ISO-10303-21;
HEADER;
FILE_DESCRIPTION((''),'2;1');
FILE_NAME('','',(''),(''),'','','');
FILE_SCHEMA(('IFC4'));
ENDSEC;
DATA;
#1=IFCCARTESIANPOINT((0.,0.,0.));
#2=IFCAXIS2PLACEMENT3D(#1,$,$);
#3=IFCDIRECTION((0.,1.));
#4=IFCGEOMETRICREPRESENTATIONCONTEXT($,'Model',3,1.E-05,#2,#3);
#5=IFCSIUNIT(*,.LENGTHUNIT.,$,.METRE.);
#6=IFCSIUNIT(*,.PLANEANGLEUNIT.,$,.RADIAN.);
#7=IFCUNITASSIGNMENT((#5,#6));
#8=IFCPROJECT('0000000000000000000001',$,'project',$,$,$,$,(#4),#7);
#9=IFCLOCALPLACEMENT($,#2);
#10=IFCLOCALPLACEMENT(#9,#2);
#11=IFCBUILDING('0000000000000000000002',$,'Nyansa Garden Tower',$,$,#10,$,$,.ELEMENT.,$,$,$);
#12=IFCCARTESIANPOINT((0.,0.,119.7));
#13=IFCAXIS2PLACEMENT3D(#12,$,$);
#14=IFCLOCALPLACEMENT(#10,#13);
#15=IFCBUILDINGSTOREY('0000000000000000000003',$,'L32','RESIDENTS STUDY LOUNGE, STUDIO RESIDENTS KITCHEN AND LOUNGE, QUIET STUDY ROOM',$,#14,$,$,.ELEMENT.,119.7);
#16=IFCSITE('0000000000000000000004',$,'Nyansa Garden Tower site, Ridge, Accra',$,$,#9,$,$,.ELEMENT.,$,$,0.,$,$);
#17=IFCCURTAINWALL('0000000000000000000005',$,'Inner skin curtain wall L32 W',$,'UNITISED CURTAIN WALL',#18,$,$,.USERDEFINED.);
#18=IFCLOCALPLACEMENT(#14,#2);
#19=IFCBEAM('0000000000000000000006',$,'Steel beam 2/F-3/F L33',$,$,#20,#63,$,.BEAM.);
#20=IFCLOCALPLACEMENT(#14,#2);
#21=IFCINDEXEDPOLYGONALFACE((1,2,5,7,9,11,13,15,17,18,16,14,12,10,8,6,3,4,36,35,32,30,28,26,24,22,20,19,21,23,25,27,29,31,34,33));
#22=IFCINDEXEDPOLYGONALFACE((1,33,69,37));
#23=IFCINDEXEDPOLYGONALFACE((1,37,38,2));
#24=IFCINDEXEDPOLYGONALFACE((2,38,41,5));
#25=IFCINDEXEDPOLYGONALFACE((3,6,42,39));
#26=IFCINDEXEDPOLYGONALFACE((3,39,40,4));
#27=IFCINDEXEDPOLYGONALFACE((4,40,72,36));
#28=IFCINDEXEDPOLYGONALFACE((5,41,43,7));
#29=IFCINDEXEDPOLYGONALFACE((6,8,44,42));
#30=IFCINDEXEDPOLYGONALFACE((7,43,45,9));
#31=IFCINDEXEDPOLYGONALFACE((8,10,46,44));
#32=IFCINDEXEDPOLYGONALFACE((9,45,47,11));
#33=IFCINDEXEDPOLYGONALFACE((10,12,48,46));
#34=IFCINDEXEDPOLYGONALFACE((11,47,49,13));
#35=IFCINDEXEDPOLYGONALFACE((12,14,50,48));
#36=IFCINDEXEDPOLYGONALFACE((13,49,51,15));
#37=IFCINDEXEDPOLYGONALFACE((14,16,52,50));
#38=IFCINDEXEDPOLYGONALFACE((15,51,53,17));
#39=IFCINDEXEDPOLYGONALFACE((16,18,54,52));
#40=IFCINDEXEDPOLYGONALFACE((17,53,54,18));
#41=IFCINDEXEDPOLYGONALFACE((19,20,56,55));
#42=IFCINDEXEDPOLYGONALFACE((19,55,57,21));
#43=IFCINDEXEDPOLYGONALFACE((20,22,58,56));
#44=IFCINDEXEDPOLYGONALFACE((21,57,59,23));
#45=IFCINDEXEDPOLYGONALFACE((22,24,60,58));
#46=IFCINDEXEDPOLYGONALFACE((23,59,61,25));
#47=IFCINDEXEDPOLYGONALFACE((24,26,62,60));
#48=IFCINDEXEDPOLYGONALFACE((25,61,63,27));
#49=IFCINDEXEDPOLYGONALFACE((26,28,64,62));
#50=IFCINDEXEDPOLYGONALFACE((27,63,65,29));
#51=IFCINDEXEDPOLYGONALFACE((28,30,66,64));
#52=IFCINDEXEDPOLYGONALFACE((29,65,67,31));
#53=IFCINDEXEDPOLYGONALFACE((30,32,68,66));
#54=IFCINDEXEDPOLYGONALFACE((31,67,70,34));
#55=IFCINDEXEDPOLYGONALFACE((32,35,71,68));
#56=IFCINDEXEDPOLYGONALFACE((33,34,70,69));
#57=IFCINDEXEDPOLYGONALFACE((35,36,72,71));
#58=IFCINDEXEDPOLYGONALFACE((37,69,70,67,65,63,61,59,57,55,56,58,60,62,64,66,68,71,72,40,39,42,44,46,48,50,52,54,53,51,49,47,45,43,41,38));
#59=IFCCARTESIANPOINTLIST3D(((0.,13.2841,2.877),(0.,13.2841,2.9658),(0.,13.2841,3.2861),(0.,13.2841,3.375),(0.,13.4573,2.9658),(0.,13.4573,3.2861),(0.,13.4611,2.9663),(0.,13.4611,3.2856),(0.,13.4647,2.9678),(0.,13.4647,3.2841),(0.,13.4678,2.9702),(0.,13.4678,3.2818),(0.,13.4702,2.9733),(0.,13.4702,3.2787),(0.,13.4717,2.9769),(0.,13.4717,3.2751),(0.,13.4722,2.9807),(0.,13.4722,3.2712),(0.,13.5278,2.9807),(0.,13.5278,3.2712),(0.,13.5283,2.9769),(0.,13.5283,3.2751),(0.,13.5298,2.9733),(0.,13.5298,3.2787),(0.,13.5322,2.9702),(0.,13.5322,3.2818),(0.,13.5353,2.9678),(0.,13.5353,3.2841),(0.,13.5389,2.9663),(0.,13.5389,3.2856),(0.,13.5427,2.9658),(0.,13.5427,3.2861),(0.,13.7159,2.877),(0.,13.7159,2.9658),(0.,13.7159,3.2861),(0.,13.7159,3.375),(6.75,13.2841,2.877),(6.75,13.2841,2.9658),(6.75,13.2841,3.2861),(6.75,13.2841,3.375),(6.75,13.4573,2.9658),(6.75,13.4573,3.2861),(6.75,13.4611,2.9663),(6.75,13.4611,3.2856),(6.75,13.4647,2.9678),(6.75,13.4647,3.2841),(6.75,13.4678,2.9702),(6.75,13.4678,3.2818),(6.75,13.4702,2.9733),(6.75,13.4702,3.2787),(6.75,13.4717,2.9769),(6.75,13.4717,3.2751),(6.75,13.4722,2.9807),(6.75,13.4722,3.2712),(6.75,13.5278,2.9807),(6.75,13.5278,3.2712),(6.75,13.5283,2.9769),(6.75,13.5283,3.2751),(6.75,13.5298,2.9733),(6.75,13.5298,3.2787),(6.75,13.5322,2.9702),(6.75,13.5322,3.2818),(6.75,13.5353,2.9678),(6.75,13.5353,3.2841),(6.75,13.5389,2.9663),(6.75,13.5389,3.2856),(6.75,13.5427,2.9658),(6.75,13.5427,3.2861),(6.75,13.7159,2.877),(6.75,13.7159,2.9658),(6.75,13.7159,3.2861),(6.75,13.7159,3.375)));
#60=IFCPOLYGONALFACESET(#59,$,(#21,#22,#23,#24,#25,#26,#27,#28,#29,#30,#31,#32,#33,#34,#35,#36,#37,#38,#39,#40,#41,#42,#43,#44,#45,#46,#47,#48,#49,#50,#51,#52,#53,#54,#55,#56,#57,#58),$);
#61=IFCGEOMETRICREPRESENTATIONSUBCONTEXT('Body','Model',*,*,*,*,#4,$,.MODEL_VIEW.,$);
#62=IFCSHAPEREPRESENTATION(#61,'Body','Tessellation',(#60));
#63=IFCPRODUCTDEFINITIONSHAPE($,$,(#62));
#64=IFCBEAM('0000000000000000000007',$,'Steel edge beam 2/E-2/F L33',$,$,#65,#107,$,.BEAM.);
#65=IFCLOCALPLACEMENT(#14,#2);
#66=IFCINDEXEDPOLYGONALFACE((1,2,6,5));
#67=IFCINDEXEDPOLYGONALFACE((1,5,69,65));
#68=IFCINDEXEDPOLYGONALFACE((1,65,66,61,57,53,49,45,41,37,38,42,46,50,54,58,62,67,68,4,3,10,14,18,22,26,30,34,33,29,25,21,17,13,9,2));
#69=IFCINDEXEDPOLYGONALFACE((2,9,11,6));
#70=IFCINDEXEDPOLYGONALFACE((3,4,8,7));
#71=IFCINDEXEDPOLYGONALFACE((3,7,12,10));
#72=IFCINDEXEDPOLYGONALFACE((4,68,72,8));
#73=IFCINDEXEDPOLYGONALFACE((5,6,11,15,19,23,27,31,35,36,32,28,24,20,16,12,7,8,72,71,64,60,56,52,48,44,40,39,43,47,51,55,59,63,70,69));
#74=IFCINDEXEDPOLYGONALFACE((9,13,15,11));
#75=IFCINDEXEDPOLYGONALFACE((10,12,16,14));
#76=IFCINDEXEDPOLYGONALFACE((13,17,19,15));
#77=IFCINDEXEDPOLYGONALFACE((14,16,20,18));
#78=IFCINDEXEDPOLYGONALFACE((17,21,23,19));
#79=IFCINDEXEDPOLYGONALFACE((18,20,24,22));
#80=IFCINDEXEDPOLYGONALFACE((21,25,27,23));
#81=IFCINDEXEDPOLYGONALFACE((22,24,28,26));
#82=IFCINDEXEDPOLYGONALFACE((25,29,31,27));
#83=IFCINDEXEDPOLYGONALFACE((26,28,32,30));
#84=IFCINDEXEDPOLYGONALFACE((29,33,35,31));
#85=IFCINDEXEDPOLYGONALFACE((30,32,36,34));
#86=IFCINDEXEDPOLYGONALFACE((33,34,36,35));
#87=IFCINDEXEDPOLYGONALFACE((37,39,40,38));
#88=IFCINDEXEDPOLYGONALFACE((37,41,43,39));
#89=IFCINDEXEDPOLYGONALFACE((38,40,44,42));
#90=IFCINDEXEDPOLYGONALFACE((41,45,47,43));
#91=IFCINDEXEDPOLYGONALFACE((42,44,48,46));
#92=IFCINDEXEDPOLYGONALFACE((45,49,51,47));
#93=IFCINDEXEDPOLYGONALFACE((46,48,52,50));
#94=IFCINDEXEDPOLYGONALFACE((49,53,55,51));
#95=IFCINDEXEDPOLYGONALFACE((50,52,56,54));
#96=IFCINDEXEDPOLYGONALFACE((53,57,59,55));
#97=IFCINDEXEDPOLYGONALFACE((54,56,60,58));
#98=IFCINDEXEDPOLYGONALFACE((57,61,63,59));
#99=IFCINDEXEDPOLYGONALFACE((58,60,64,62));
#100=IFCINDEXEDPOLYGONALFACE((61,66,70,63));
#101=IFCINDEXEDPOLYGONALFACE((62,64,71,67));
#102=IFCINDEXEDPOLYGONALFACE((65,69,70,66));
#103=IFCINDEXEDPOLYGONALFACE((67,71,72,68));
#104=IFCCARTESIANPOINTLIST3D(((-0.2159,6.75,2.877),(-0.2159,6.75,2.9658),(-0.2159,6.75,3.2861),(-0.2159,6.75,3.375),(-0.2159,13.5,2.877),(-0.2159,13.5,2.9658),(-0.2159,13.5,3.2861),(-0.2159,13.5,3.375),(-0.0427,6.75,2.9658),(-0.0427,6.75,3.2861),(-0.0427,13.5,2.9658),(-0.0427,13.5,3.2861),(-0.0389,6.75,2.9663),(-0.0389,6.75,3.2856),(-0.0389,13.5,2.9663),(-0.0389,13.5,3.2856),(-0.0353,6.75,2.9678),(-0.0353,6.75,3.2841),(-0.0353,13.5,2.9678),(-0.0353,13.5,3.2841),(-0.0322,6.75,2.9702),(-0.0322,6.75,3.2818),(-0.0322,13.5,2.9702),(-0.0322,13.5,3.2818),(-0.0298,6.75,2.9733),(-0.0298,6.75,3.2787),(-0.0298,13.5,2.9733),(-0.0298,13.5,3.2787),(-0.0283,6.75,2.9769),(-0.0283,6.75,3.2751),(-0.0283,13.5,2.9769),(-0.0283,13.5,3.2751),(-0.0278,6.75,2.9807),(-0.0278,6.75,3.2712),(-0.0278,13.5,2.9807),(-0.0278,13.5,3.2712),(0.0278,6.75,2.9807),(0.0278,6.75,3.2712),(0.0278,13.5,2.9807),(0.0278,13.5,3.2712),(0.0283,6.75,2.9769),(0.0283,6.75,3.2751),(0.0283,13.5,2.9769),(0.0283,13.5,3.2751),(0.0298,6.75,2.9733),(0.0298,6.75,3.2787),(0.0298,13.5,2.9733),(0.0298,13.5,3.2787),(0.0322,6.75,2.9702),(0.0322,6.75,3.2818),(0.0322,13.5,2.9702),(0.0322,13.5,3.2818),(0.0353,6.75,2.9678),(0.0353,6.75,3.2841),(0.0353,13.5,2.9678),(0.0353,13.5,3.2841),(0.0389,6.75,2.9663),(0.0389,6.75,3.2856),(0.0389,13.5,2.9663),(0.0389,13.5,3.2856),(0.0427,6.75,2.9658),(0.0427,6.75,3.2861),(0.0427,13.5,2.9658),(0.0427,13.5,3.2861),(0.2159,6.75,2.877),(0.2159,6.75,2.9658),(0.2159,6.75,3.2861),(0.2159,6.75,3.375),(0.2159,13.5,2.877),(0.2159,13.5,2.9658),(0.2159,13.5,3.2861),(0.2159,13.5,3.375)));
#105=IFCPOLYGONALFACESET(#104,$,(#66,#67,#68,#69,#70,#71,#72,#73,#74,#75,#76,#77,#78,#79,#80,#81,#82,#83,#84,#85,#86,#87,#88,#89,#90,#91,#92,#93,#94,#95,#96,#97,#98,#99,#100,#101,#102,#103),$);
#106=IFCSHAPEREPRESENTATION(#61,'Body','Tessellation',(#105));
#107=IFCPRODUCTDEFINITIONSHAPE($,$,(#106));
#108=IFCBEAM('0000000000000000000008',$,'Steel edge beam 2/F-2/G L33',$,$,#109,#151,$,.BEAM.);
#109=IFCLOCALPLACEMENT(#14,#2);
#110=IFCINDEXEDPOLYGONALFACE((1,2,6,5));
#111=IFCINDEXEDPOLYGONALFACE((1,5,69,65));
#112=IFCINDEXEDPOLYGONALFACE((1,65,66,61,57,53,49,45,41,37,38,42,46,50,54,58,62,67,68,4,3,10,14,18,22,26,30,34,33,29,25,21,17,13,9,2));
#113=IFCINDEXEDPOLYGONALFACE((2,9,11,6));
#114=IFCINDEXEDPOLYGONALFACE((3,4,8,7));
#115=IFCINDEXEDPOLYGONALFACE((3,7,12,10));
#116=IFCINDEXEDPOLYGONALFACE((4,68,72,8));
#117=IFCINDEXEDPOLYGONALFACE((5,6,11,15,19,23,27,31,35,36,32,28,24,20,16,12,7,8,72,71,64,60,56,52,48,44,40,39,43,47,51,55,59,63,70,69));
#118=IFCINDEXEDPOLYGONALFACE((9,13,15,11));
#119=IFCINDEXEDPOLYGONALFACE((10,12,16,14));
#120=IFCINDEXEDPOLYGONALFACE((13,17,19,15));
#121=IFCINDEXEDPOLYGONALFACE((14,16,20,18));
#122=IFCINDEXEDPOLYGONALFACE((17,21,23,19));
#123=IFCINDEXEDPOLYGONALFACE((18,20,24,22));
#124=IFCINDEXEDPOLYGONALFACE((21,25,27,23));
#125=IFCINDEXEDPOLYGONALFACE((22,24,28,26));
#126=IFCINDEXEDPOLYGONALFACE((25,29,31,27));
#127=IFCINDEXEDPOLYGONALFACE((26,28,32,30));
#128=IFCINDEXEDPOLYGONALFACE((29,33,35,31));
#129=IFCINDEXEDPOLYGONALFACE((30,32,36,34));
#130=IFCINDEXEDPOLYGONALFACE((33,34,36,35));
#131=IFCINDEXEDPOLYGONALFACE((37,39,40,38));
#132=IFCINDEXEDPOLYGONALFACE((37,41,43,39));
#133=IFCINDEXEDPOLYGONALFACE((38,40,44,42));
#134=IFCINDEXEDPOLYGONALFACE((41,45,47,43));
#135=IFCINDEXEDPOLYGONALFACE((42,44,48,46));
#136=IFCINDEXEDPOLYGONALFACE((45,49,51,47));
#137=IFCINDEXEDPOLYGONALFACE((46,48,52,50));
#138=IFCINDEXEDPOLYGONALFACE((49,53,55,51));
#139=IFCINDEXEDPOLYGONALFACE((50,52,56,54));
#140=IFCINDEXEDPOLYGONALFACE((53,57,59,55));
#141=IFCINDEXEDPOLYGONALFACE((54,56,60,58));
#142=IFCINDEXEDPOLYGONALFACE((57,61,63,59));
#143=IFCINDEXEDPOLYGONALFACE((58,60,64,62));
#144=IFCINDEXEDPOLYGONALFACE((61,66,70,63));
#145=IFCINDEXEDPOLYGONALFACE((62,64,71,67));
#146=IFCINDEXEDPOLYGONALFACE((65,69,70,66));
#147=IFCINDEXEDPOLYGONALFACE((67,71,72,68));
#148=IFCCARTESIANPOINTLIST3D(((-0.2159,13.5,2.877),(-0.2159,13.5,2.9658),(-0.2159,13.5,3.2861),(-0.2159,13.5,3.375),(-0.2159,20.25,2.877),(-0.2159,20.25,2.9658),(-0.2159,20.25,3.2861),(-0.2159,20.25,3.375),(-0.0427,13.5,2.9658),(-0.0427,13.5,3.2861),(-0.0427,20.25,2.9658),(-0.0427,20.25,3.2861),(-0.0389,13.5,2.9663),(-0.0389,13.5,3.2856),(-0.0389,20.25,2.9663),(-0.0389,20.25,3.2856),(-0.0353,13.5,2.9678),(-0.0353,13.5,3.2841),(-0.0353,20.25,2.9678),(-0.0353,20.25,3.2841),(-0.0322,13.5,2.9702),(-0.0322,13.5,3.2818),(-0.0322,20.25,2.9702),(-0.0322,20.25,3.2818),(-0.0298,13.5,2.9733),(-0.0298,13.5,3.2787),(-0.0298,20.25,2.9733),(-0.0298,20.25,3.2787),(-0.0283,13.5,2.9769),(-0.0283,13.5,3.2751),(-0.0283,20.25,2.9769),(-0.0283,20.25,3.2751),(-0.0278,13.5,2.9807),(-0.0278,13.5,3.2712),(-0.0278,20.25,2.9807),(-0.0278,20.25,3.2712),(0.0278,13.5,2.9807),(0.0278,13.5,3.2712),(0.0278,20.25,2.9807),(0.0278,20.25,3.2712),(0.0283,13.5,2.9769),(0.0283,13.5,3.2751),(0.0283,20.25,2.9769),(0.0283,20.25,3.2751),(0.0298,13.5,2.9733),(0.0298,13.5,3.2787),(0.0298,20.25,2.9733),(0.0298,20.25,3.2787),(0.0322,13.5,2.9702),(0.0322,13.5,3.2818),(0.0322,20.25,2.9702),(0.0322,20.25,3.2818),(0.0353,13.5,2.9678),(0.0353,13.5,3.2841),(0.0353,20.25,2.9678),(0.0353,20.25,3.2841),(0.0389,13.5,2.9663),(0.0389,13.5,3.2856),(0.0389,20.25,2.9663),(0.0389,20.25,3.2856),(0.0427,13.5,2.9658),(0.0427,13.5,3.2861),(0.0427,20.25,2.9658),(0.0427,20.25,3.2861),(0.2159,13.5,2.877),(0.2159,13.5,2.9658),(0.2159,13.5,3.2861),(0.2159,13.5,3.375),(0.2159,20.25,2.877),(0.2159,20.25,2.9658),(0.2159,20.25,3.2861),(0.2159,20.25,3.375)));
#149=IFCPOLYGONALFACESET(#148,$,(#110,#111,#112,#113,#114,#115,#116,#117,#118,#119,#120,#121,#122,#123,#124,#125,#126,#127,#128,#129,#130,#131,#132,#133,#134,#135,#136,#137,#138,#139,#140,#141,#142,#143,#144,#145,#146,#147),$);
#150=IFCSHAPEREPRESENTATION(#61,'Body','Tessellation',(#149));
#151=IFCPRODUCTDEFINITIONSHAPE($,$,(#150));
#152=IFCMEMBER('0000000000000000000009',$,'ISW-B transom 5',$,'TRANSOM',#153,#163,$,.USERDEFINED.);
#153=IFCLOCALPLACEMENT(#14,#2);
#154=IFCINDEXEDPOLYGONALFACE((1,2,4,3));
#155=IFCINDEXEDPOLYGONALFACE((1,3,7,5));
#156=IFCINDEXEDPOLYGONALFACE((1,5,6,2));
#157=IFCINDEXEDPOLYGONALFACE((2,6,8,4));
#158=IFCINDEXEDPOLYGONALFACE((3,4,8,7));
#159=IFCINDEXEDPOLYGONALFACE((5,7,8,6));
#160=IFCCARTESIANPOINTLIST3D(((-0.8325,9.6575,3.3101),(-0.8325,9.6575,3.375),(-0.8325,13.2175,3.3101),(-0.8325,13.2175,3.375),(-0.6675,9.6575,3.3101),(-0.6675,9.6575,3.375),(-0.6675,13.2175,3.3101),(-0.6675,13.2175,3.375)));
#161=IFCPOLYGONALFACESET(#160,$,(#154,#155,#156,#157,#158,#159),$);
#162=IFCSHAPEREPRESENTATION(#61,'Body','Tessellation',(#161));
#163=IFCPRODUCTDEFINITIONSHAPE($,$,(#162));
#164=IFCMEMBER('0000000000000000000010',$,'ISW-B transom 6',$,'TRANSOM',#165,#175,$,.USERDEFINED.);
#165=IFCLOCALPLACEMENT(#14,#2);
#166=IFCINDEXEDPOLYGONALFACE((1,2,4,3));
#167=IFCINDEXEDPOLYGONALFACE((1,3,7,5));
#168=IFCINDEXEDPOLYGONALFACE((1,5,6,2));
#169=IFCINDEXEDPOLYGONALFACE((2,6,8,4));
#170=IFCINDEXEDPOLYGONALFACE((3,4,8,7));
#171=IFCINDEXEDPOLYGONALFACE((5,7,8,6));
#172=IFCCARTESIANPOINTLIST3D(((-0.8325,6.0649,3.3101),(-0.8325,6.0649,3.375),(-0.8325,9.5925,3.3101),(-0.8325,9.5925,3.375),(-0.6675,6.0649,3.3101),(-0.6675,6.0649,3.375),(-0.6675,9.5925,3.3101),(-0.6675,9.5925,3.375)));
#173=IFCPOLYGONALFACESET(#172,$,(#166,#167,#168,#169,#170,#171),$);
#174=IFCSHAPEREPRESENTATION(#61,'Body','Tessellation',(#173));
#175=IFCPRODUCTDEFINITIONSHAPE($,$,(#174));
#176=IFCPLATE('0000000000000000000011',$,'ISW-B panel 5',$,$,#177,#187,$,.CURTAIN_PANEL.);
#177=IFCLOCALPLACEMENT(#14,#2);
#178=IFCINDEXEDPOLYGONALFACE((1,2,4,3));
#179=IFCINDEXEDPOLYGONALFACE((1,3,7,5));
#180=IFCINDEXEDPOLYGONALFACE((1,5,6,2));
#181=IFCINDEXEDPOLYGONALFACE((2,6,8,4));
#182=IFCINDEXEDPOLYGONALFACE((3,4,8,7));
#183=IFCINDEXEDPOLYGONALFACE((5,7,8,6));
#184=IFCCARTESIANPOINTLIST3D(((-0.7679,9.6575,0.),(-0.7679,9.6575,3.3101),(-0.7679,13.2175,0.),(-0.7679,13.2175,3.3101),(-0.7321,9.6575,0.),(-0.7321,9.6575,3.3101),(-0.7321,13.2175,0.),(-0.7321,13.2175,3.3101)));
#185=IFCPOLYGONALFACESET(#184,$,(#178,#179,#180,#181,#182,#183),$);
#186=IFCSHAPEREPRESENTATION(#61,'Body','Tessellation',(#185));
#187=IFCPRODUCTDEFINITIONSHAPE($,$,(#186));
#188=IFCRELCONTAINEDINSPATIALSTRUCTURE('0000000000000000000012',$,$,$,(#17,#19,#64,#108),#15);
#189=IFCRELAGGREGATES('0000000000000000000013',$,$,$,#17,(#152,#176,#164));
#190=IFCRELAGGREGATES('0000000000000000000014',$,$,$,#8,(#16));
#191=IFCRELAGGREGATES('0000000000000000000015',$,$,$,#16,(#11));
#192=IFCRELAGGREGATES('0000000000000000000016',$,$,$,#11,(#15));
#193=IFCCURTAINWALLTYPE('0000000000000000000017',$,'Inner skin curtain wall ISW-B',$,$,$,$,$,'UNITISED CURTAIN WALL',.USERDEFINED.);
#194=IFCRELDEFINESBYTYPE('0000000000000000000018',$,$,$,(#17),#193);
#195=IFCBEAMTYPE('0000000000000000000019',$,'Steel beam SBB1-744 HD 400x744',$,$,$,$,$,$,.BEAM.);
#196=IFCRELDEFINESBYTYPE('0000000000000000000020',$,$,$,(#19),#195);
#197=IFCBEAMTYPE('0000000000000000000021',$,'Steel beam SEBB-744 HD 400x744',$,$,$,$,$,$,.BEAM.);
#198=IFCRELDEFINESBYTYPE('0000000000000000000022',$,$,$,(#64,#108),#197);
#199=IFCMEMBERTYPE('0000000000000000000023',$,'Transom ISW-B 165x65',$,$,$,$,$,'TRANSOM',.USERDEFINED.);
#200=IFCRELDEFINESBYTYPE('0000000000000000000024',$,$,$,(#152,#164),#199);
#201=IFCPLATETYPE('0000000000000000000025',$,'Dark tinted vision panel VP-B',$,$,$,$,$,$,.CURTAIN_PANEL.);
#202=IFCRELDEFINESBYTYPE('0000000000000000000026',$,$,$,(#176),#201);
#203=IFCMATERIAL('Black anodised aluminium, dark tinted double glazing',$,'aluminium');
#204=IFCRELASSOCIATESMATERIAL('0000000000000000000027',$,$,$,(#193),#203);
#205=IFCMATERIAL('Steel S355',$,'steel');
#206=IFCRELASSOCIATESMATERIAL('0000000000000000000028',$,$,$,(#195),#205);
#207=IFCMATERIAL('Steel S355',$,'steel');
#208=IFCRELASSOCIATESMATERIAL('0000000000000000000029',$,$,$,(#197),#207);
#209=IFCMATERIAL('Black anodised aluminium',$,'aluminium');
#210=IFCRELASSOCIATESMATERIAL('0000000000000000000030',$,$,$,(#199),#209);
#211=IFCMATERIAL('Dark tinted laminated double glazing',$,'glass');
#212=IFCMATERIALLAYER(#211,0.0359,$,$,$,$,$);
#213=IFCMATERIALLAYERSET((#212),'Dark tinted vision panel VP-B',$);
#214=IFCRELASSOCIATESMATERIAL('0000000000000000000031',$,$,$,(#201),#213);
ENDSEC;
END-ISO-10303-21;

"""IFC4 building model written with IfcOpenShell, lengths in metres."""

from ifc_helpers import new_model, si_unit, direction, frame, origin, origin_2d, place, context, subcontext, project, spatial, rectangle, i_section, extrude, material, layer, layer_set, material_profile, profile_set, type_object, element, aggregate, save


model = new_model("IFC4")

# Units and contexts
model_context = context("Model", 3, precision=1e-05, world=origin(), true_north=direction((0.0, 1.0)))
body_context = subcontext(model_context, "Body", "Model", "MODEL_VIEW")
ifc_project = project(units=[si_unit("LENGTHUNIT", "METRE"), si_unit("PLANEANGLEUNIT", "RADIAN")], contexts=[model_context])

# Site, building, storey
site_placement = place(None, origin())
site = spatial("IfcSite", under=ifc_project, at=site_placement, Name="Nyansa Garden Tower site, Ridge, Accra", CompositionType="ELEMENT", RefElevation=0.0)
building_placement = place(site_placement, origin())
building = spatial("IfcBuilding", under=site, at=building_placement, Name="Nyansa Garden Tower", CompositionType="ELEMENT")
storey_placement = place(building_placement, frame((0.0, 0.0, 119.7)))
storey = spatial("IfcBuildingStorey", under=building, at=storey_placement, Name="L32", Description="RESIDENTS STUDY LOUNGE, STUDIO RESIDENTS KITCHEN AND LOUNGE, QUIET STUDY ROOM", CompositionType="ELEMENT", Elevation=119.7)

# Curtain wall
ifc_material_1 = material(Name="Black anodised aluminium, dark tinted double glazing", Category="aluminium")
curtain_wall_type = type_object("IfcCurtainWallType", Name="Inner skin curtain wall ISW-B", ElementType="UNITISED CURTAIN WALL", PredefinedType="USERDEFINED", material=ifc_material_1)
curtain_wall_placement = place(storey_placement, origin())
curtain_wall = element("IfcCurtainWall", 1, at=curtain_wall_placement, inside=storey, type_object=curtain_wall_type, Name="Inner skin curtain wall L32 W", ObjectType="UNITISED CURTAIN WALL", PredefinedType="USERDEFINED")

# Beams
ifc_material_2 = material(Name="Steel S355", Category="steel")
ifc_material_profile_1 = material_profile(ifc_material_2, i_section(OverallWidth=0.4319, OverallDepth=0.498, WebThickness=0.0557, FlangeThickness=0.0889, FilletRadius=0.0149, at=origin_2d()), Name="HD 400x744")
ifc_profile_set_1 = profile_set([ifc_material_profile_1], Name="Steel S355")
beam_type_1 = type_object("IfcBeamType", Name="Steel beam SBB1-744 HD 400x744", PredefinedType="BEAM", material=ifc_profile_set_1)
for number, where, z_axis, x_axis, name in (
    (2, (0.0, 13.5, 3.126), (1.0, 0.0, 0.0), (0.0, 1.0, 0.0), "Steel beam 2/F-3/F L33"),
):
    element("IfcBeam", number, at=place(storey_placement, frame(where, z_axis=z_axis, x_axis=x_axis)), inside=storey, type_object=beam_type_1, Name=name, PredefinedType="BEAM", context=body_context, shape_type="SweptSolid", body=[
        extrude(i_section(OverallWidth=0.4319, OverallDepth=0.498, WebThickness=0.0557, FlangeThickness=0.0889, FilletRadius=0.0149, at=origin_2d()), origin(), (0.0, 0.0, 1.0), 6.75),
    ])
ifc_material_3 = material(Name="Steel S355", Category="steel")
ifc_material_profile_2 = material_profile(ifc_material_3, i_section(OverallWidth=0.4319, OverallDepth=0.498, WebThickness=0.0557, FlangeThickness=0.0889, FilletRadius=0.0149, at=origin_2d()), Name="HD 400x744")
ifc_profile_set_2 = profile_set([ifc_material_profile_2], Name="Steel S355")
beam_type_2 = type_object("IfcBeamType", Name="Steel beam SEBB-744 HD 400x744", PredefinedType="BEAM", material=ifc_profile_set_2)
for number, where, z_axis, x_axis, name in (
    (3, (0.0, 6.75, 3.126), (0.0, 1.0, 0.0), (-1.0, 0.0, 0.0), "Steel edge beam 2/E-2/F L33"),
    (4, (0.0, 13.5, 3.126), (0.0, 1.0, 0.0), (-1.0, 0.0, 0.0), "Steel edge beam 2/F-2/G L33"),
):
    element("IfcBeam", number, at=place(storey_placement, frame(where, z_axis=z_axis, x_axis=x_axis)), inside=storey, type_object=beam_type_2, Name=name, PredefinedType="BEAM", context=body_context, shape_type="SweptSolid", body=[
        extrude(i_section(OverallWidth=0.4319, OverallDepth=0.498, WebThickness=0.0557, FlangeThickness=0.0889, FilletRadius=0.0149, at=origin_2d()), origin(), (0.0, 0.0, 1.0), 6.75),
    ])

# Members
ifc_material_4 = material(Name="Black anodised aluminium", Category="aluminium")
ifc_material_profile_3 = material_profile(ifc_material_4, rectangle(XDim=0.165, YDim=0.0649, at=origin_2d()), Name="Transom 165x65")
ifc_profile_set_3 = profile_set([ifc_material_profile_3], Name="Black anodised aluminium")
member_type_1 = type_object("IfcMemberType", Name="Transom ISW-B 165x65", ElementType="TRANSOM", PredefinedType="USERDEFINED", material=ifc_profile_set_3)
member_1_placement = place(storey_placement, frame((-0.75, 13.2175, 3.3425), z_axis=(0.0, -1.0, 0.0), x_axis=(1.0, 0.0, 0.0)))
member_1 = element("IfcMember", 5, at=member_1_placement, type_object=member_type_1, Name="ISW-B transom 5", ObjectType="TRANSOM", PredefinedType="USERDEFINED", context=body_context, shape_type="SweptSolid", body=[
    extrude(rectangle(XDim=0.165, YDim=0.0649, at=origin_2d()), origin(), (0.0, 0.0, 1.0), 3.5601),
])
member_2_placement = place(storey_placement, frame((-0.75, 9.5925, 3.3425), z_axis=(0.0, -1.0, 0.0), x_axis=(1.0, 0.0, 0.0)))
member_2 = element("IfcMember", 6, at=member_2_placement, type_object=member_type_1, Name="ISW-B transom 6", ObjectType="TRANSOM", PredefinedType="USERDEFINED", context=body_context, shape_type="SweptSolid", body=[
    extrude(rectangle(XDim=0.165, YDim=0.0649, at=origin_2d()), origin(), (0.0, 0.0, 1.0), 3.5276),
])

# Plate
ifc_material_5 = material(Name="Dark tinted laminated double glazing", Category="glass")
ifc_layer_1 = layer(ifc_material_5, 0.0359)
ifc_layer_set_1 = layer_set([ifc_layer_1], Name="Dark tinted vision panel VP-B")
plate_type = type_object("IfcPlateType", Name="Dark tinted vision panel VP-B", PredefinedType="CURTAIN_PANEL", material=ifc_layer_set_1)
plate_1_placement = place(storey_placement, frame((-0.75, 11.4375, 0.0), z_axis=(0.0, 0.0, 1.0), x_axis=(0.0, -1.0, 0.0)))
plate_1 = element("IfcPlate", 7, at=plate_1_placement, type_object=plate_type, Name="ISW-B panel 5", PredefinedType="CURTAIN_PANEL", context=body_context, shape_type="SweptSolid", body=[
    extrude(rectangle(XDim=3.5601, YDim=0.0359, at=origin_2d()), origin(), (0.0, 0.0, 1.0), 3.3101),
])
aggregate(curtain_wall, [member_1, plate_1, member_2])

save(model, "model.ifc")
